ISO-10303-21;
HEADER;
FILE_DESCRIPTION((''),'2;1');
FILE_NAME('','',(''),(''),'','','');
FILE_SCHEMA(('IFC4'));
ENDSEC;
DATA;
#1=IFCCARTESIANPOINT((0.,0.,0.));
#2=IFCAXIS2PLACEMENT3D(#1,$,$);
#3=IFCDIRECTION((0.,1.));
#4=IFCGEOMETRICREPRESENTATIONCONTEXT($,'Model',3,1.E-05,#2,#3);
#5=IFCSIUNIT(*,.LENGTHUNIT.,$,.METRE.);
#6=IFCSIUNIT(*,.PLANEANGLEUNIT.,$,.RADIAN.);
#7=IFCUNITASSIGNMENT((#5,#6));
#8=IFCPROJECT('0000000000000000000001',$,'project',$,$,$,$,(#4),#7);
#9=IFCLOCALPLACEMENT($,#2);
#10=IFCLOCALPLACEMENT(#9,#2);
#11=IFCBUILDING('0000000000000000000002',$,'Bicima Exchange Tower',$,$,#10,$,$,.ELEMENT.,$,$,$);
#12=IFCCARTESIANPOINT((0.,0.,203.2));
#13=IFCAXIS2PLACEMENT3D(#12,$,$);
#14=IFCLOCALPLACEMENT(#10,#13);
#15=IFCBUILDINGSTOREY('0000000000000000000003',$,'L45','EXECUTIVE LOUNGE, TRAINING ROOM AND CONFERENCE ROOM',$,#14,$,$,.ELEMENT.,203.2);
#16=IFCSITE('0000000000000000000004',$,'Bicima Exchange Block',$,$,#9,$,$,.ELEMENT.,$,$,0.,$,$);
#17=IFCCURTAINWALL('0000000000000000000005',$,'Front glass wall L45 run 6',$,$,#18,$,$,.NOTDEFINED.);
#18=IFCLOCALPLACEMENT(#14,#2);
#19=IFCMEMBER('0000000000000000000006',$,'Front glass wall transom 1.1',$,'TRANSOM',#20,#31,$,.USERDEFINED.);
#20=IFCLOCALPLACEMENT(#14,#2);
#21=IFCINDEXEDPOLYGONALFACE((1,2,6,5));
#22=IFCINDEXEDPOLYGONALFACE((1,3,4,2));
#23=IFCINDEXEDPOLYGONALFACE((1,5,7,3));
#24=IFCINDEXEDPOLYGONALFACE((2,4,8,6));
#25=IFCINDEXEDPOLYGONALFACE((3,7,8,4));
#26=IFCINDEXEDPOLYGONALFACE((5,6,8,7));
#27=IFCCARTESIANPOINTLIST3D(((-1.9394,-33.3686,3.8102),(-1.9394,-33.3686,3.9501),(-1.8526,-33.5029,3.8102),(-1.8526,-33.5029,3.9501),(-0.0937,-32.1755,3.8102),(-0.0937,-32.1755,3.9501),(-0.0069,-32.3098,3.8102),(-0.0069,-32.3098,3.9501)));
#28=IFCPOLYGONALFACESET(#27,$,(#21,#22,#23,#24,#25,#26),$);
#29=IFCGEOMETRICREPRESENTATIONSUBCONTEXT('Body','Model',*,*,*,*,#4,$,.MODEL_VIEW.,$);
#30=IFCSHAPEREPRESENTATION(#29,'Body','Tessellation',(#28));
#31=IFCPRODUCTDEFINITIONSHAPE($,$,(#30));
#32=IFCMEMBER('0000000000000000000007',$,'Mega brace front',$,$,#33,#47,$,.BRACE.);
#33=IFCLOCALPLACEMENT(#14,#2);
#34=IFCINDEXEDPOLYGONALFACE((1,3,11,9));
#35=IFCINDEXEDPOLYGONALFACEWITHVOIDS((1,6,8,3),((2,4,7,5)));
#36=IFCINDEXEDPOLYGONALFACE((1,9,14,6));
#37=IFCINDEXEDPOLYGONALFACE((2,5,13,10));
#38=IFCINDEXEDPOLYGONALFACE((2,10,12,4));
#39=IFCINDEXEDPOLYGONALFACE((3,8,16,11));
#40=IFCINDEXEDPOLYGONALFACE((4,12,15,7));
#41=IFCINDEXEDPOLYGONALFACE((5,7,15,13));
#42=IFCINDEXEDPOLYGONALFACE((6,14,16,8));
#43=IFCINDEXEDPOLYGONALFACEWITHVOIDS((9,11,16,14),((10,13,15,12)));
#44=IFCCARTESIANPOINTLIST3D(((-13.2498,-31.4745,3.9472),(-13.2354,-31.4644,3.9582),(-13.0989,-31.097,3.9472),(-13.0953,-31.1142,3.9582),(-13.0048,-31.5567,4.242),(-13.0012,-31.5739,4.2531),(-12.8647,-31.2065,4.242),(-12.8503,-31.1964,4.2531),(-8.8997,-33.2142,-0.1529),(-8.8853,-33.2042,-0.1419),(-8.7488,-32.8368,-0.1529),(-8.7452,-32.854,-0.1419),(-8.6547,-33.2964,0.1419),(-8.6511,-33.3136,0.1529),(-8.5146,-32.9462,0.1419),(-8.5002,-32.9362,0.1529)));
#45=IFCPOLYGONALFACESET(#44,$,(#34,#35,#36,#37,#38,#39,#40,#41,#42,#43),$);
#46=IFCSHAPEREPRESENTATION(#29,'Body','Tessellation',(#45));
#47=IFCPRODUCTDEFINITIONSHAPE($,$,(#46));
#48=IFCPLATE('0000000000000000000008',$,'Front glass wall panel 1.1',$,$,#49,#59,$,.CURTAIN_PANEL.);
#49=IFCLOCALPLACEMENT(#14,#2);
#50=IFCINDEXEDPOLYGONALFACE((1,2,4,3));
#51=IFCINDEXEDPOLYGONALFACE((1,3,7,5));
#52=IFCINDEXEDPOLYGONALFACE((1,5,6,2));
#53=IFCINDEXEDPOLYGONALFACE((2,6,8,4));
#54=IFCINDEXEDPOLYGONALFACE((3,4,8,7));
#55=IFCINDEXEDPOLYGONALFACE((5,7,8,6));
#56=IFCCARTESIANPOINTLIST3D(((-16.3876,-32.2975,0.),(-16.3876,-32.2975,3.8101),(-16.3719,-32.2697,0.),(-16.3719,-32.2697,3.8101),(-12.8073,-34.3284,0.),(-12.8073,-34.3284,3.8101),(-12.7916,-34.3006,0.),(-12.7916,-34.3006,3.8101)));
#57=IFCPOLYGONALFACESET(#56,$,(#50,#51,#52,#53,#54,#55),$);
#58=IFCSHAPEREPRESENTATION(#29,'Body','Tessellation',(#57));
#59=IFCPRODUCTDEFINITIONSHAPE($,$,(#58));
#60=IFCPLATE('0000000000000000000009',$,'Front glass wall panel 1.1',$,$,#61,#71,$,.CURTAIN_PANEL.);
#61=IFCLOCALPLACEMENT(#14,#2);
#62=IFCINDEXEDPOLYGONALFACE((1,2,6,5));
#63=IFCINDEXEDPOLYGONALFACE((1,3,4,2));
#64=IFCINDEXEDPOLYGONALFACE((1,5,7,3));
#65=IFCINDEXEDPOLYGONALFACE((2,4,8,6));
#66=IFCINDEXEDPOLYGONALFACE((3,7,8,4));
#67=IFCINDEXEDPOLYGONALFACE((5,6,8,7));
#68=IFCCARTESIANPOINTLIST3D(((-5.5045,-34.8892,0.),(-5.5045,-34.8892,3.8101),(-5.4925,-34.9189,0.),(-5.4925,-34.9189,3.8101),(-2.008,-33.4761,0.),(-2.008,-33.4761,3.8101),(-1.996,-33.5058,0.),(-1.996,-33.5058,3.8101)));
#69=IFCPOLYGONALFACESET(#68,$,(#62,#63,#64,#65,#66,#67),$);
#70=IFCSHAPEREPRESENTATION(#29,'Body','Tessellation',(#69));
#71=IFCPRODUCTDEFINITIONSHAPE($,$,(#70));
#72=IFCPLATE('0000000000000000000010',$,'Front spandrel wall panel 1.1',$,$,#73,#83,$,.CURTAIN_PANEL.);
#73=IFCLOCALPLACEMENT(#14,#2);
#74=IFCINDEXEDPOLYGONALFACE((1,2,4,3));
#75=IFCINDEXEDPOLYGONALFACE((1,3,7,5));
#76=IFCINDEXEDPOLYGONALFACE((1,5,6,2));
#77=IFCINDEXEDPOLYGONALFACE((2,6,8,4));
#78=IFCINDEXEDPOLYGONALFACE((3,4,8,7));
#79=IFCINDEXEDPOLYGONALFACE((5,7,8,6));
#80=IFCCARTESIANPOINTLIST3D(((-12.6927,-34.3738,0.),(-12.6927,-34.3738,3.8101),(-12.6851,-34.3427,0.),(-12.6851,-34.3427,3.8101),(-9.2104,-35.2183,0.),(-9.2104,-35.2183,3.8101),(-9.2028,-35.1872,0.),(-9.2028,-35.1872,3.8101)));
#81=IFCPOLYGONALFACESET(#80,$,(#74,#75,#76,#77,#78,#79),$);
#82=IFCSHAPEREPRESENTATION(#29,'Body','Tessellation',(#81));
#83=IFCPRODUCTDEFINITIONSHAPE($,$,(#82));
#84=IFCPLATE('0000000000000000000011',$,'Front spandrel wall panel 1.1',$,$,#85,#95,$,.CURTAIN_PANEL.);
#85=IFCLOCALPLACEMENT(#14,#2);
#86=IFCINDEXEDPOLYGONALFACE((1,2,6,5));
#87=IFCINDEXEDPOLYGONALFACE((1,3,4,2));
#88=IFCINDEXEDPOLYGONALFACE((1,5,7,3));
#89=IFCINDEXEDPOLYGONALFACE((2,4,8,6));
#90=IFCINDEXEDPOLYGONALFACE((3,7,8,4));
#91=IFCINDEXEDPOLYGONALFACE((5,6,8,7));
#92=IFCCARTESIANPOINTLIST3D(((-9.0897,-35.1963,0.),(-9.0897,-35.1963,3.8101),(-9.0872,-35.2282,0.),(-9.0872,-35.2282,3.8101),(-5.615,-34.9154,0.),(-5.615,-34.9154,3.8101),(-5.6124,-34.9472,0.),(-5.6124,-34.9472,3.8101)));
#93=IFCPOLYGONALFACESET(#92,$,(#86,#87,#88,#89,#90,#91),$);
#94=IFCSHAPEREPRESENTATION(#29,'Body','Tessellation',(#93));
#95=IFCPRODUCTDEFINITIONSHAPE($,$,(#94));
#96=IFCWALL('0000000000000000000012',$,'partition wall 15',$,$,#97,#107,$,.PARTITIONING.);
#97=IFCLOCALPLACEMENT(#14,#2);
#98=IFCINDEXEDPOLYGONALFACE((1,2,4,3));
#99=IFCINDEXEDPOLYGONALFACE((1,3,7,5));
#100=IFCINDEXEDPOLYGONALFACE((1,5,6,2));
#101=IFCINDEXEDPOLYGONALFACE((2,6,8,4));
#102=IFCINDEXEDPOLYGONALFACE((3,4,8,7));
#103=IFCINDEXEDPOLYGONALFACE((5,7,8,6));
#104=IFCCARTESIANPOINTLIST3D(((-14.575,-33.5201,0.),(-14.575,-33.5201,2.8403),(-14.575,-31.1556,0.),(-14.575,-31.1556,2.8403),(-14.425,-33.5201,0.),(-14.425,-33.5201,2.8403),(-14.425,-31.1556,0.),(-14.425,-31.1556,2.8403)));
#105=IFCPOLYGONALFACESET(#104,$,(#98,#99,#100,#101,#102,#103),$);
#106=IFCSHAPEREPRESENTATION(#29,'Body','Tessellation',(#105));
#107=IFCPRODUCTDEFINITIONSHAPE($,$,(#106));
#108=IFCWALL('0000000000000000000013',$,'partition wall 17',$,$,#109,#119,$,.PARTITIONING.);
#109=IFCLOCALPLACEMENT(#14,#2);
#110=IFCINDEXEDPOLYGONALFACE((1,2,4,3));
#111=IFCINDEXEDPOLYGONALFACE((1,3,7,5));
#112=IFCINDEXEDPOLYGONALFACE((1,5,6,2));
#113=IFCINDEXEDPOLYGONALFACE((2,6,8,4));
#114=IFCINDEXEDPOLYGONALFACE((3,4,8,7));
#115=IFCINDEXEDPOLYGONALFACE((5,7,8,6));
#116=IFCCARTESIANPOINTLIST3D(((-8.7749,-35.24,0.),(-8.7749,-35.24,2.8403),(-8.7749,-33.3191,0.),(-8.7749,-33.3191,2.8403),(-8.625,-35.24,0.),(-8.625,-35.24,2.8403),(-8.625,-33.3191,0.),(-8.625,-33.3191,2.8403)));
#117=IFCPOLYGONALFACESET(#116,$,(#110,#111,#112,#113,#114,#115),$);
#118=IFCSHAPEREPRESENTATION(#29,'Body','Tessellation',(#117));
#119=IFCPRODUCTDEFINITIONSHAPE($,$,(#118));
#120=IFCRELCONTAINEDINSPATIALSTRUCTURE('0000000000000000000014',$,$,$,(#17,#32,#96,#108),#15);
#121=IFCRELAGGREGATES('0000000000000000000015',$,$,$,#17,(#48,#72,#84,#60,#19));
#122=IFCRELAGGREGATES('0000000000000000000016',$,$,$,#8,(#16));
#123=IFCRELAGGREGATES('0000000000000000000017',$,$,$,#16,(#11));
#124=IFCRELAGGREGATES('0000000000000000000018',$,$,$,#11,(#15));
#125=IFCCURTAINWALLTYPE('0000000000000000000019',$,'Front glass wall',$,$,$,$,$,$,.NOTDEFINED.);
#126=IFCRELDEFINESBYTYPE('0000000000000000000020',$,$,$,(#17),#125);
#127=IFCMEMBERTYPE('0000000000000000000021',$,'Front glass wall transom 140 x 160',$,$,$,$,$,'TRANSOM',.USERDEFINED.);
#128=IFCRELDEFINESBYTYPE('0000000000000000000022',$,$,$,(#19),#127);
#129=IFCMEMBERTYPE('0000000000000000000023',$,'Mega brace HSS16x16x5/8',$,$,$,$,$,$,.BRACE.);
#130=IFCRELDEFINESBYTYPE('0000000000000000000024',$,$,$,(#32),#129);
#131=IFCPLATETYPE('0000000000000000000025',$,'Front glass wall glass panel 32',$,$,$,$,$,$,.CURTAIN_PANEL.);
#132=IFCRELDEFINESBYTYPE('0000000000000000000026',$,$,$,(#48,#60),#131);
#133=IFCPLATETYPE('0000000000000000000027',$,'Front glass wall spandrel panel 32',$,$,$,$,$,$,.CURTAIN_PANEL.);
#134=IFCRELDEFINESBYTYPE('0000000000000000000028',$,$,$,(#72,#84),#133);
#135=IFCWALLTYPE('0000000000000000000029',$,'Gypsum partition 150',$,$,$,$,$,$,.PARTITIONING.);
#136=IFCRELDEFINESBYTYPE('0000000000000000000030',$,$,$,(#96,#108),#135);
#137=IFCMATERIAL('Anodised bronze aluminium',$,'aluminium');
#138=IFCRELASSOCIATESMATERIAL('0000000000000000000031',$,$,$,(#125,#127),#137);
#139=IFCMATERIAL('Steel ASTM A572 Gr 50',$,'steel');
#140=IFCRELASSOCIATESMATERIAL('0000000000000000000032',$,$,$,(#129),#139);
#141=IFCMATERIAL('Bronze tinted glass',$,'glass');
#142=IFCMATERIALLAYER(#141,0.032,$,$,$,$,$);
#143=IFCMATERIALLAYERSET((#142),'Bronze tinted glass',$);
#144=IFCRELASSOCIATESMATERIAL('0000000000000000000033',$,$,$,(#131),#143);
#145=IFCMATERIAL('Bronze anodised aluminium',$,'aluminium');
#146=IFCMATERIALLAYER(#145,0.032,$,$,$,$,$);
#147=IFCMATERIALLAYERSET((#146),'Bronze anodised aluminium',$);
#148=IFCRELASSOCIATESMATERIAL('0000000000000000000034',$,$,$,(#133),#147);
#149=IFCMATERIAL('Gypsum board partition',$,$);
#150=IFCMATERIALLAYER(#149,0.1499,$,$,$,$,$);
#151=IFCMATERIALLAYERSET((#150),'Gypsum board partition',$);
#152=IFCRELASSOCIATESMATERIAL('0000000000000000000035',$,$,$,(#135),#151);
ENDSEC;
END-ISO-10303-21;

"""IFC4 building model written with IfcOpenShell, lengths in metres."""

from ifc_helpers import new_model, si_unit, direction, frame, frame_2d, origin, origin_2d, place, context, subcontext, project, spatial, rectangle, hollow_rectangle, extrude, material, layer, layer_set, material_profile, profile_set, type_object, element, aggregate, save


model = new_model("IFC4")

# Units and contexts
model_context = context("Model", 3, precision=1e-05, world=origin(), true_north=direction((0.0, 1.0)))
body_context = subcontext(model_context, "Body", "Model", "MODEL_VIEW")
ifc_project = project(units=[si_unit("LENGTHUNIT", "METRE"), si_unit("PLANEANGLEUNIT", "RADIAN")], contexts=[model_context])

# Site, building, storey
site_placement = place(None, origin())
site = spatial("IfcSite", under=ifc_project, at=site_placement, Name="Bicima Exchange Block", CompositionType="ELEMENT", RefElevation=0.0)
building_placement = place(site_placement, origin())
building = spatial("IfcBuilding", under=site, at=building_placement, Name="Bicima Exchange Tower", CompositionType="ELEMENT")
storey_placement = place(building_placement, frame((0.0, 0.0, 203.2)))
storey = spatial("IfcBuildingStorey", under=building, at=storey_placement, Name="L45", Description="EXECUTIVE LOUNGE, TRAINING ROOM AND CONFERENCE ROOM", CompositionType="ELEMENT", Elevation=203.2)

# Shared definitions
ifc_material_1 = material(Name="Steel ASTM A572 Gr 50", Category="steel")

# Curtain wall, member
ifc_material_2 = material(Name="Anodised bronze aluminium", Category="aluminium")
curtain_wall_type = type_object("IfcCurtainWallType", Name="Front glass wall", PredefinedType="NOTDEFINED", material=ifc_material_2)
curtain_wall_placement = place(storey_placement, origin())
curtain_wall = element("IfcCurtainWall", 1, at=curtain_wall_placement, inside=storey, type_object=curtain_wall_type, Name="Front glass wall L45 run 6", PredefinedType="NOTDEFINED")
ifc_material_profile_1 = material_profile(ifc_material_2, rectangle(XDim=0.1599, YDim=0.1399, at=origin_2d()))
ifc_profile_set_1 = profile_set([ifc_material_profile_1], Name="Anodised bronze aluminium")
member_type_1 = type_object("IfcMemberType", Name="Front glass wall transom 140 x 160", ElementType="TRANSOM", PredefinedType="USERDEFINED", material=ifc_profile_set_1)
member_1_placement = place(storey_placement, frame((-1.896, -33.4358, 3.8801), z_axis=(0.839811, 0.542878, 0.0), x_axis=(-0.542878, 0.839811, 0.0)))
member_1 = element("IfcMember", 2, at=member_1_placement, type_object=member_type_1, Name="Front glass wall transom 1.1", ObjectType="TRANSOM", PredefinedType="USERDEFINED", context=body_context, shape_type="SweptSolid", body=[
    extrude(rectangle(XDim=0.1599, YDim=0.1399, at=origin_2d()), origin(), (0.0, 0.0, 1.0), 2.1978),
])

# Member
ifc_material_profile_2 = material_profile(ifc_material_1, hollow_rectangle(XDim=0.4065, YDim=0.4065, WallThickness=0.0146, at=origin_2d()))
ifc_profile_set_2 = profile_set([ifc_material_profile_2], Name="Steel ASTM A572 Gr 50")
member_type_2 = type_object("IfcMemberType", Name="Mega brace HSS16x16x5/8", PredefinedType="BRACE", material=ifc_profile_set_2)
member_2_placement = place(storey_placement, frame((-8.7, -33.0752, 0.0), z_axis=(-0.698719, 0.27944, 0.658563), x_axis=(-0.371337, -0.928498, 0.0)))
element("IfcMember", 3, at=member_2_placement, inside=storey, type_object=member_type_2, Name="Mega brace front", PredefinedType="BRACE", context=body_context, shape_type="SweptSolid", body=[
    extrude(hollow_rectangle(XDim=0.4065, YDim=0.4065, WallThickness=0.0146, at=origin_2d()), origin(), (0.0, 0.0, 1.0), 6.2258),
])

# Plates
ifc_material_3 = material(Name="Bronze tinted glass", Category="glass")
ifc_layer_1 = layer(ifc_material_3, 0.032)
ifc_layer_set_1 = layer_set([ifc_layer_1], Name="Bronze tinted glass")
plate_type_1 = type_object("IfcPlateType", Name="Front glass wall glass panel 32", PredefinedType="CURTAIN_PANEL", material=ifc_layer_set_1)
plate_1_placement = place(storey_placement, frame((-14.5896, -33.2991, 0.0), z_axis=(0.0, 0.0, 1.0), x_axis=(0.869805, -0.493395, 0.0)))
plate_1 = element("IfcPlate", 4, at=plate_1_placement, type_object=plate_type_1, Name="Front glass wall panel 1.1", PredefinedType="CURTAIN_PANEL", context=body_context, shape_type="SweptSolid", body=[
    extrude(rectangle(XDim=4.1162, YDim=0.032, at=origin_2d()), origin(), (0.0, 0.0, 1.0), 3.8101),
])
plate_2_placement = place(storey_placement, frame((-3.7502, -34.1975, 0.0), z_axis=(0.0, 0.0, 1.0), x_axis=(0.927144, 0.374705, 0.0)))
plate_2 = element("IfcPlate", 5, at=plate_2_placement, type_object=plate_type_1, Name="Front glass wall panel 1.1", PredefinedType="CURTAIN_PANEL", context=body_context, shape_type="SweptSolid", body=[
    extrude(rectangle(XDim=3.7712, YDim=0.032, at=origin_2d()), origin(), (0.0, 0.0, 1.0), 3.8101),
])
ifc_material_4 = material(Name="Bronze anodised aluminium", Category="aluminium")
ifc_layer_2 = layer(ifc_material_4, 0.032)
ifc_layer_set_2 = layer_set([ifc_layer_2], Name="Bronze anodised aluminium")
plate_type_2 = type_object("IfcPlateType", Name="Front glass wall spandrel panel 32", PredefinedType="CURTAIN_PANEL", material=ifc_layer_set_2)
plate_3_placement = place(storey_placement, frame((-10.9478, -34.7805, 0.0), z_axis=(0.0, 0.0, 1.0), x_axis=(0.97183, -0.235682, 0.0)))
plate_3 = element("IfcPlate", 6, at=plate_3_placement, type_object=plate_type_2, Name="Front spandrel wall panel 1.1", PredefinedType="CURTAIN_PANEL", context=body_context, shape_type="SweptSolid", body=[
    extrude(rectangle(XDim=3.5833, YDim=0.032, at=origin_2d()), origin(), (0.0, 0.0, 1.0), 3.8101),
])
plate_4_placement = place(storey_placement, frame((-7.3511, -35.0718, 0.0), z_axis=(0.0, 0.0, 1.0), x_axis=(0.996747, 0.080589, 0.0)))
plate_4 = element("IfcPlate", 7, at=plate_4_placement, type_object=plate_type_2, Name="Front spandrel wall panel 1.1", PredefinedType="CURTAIN_PANEL", context=body_context, shape_type="SweptSolid", body=[
    extrude(rectangle(XDim=3.4861, YDim=0.032, at=origin_2d()), origin(), (0.0, 0.0, 1.0), 3.8101),
])
aggregate(curtain_wall, [plate_1, plate_3, plate_4, plate_2, member_1])

# Walls
ifc_material_5 = material(Name="Gypsum board partition")
ifc_layer_3 = layer(ifc_material_5, 0.1499)
ifc_layer_set_3 = layer_set([ifc_layer_3], Name="Gypsum board partition")
wall_type = type_object("IfcWallType", Name="Gypsum partition 150", PredefinedType="PARTITIONING", material=ifc_layer_set_3)
wall_1_placement = place(storey_placement, frame((-14.5, -33.52, 0.0), z_axis=(0.0, 0.0, 1.0), x_axis=(0.0, 1.0, 0.0)))
element("IfcWall", 8, at=wall_1_placement, inside=storey, type_object=wall_type, Name="partition wall 15", PredefinedType="PARTITIONING", context=body_context, shape_type="SweptSolid", body=[
    extrude(rectangle(XDim=2.3645, YDim=0.1499, at=frame_2d((1.1821, 0.0))), origin(), (0.0, 0.0, 1.0), 2.8403),
])
wall_2_placement = place(storey_placement, frame((-8.7, -35.24, 0.0), z_axis=(0.0, 0.0, 1.0), x_axis=(0.0, 1.0, 0.0)))
element("IfcWall", 9, at=wall_2_placement, inside=storey, type_object=wall_type, Name="partition wall 17", PredefinedType="PARTITIONING", context=body_context, shape_type="SweptSolid", body=[
    extrude(rectangle(XDim=1.9209, YDim=0.1499, at=frame_2d((0.9604, 0.0))), origin(), (0.0, 0.0, 1.0), 2.8403),
])

save(model, "model.ifc")
